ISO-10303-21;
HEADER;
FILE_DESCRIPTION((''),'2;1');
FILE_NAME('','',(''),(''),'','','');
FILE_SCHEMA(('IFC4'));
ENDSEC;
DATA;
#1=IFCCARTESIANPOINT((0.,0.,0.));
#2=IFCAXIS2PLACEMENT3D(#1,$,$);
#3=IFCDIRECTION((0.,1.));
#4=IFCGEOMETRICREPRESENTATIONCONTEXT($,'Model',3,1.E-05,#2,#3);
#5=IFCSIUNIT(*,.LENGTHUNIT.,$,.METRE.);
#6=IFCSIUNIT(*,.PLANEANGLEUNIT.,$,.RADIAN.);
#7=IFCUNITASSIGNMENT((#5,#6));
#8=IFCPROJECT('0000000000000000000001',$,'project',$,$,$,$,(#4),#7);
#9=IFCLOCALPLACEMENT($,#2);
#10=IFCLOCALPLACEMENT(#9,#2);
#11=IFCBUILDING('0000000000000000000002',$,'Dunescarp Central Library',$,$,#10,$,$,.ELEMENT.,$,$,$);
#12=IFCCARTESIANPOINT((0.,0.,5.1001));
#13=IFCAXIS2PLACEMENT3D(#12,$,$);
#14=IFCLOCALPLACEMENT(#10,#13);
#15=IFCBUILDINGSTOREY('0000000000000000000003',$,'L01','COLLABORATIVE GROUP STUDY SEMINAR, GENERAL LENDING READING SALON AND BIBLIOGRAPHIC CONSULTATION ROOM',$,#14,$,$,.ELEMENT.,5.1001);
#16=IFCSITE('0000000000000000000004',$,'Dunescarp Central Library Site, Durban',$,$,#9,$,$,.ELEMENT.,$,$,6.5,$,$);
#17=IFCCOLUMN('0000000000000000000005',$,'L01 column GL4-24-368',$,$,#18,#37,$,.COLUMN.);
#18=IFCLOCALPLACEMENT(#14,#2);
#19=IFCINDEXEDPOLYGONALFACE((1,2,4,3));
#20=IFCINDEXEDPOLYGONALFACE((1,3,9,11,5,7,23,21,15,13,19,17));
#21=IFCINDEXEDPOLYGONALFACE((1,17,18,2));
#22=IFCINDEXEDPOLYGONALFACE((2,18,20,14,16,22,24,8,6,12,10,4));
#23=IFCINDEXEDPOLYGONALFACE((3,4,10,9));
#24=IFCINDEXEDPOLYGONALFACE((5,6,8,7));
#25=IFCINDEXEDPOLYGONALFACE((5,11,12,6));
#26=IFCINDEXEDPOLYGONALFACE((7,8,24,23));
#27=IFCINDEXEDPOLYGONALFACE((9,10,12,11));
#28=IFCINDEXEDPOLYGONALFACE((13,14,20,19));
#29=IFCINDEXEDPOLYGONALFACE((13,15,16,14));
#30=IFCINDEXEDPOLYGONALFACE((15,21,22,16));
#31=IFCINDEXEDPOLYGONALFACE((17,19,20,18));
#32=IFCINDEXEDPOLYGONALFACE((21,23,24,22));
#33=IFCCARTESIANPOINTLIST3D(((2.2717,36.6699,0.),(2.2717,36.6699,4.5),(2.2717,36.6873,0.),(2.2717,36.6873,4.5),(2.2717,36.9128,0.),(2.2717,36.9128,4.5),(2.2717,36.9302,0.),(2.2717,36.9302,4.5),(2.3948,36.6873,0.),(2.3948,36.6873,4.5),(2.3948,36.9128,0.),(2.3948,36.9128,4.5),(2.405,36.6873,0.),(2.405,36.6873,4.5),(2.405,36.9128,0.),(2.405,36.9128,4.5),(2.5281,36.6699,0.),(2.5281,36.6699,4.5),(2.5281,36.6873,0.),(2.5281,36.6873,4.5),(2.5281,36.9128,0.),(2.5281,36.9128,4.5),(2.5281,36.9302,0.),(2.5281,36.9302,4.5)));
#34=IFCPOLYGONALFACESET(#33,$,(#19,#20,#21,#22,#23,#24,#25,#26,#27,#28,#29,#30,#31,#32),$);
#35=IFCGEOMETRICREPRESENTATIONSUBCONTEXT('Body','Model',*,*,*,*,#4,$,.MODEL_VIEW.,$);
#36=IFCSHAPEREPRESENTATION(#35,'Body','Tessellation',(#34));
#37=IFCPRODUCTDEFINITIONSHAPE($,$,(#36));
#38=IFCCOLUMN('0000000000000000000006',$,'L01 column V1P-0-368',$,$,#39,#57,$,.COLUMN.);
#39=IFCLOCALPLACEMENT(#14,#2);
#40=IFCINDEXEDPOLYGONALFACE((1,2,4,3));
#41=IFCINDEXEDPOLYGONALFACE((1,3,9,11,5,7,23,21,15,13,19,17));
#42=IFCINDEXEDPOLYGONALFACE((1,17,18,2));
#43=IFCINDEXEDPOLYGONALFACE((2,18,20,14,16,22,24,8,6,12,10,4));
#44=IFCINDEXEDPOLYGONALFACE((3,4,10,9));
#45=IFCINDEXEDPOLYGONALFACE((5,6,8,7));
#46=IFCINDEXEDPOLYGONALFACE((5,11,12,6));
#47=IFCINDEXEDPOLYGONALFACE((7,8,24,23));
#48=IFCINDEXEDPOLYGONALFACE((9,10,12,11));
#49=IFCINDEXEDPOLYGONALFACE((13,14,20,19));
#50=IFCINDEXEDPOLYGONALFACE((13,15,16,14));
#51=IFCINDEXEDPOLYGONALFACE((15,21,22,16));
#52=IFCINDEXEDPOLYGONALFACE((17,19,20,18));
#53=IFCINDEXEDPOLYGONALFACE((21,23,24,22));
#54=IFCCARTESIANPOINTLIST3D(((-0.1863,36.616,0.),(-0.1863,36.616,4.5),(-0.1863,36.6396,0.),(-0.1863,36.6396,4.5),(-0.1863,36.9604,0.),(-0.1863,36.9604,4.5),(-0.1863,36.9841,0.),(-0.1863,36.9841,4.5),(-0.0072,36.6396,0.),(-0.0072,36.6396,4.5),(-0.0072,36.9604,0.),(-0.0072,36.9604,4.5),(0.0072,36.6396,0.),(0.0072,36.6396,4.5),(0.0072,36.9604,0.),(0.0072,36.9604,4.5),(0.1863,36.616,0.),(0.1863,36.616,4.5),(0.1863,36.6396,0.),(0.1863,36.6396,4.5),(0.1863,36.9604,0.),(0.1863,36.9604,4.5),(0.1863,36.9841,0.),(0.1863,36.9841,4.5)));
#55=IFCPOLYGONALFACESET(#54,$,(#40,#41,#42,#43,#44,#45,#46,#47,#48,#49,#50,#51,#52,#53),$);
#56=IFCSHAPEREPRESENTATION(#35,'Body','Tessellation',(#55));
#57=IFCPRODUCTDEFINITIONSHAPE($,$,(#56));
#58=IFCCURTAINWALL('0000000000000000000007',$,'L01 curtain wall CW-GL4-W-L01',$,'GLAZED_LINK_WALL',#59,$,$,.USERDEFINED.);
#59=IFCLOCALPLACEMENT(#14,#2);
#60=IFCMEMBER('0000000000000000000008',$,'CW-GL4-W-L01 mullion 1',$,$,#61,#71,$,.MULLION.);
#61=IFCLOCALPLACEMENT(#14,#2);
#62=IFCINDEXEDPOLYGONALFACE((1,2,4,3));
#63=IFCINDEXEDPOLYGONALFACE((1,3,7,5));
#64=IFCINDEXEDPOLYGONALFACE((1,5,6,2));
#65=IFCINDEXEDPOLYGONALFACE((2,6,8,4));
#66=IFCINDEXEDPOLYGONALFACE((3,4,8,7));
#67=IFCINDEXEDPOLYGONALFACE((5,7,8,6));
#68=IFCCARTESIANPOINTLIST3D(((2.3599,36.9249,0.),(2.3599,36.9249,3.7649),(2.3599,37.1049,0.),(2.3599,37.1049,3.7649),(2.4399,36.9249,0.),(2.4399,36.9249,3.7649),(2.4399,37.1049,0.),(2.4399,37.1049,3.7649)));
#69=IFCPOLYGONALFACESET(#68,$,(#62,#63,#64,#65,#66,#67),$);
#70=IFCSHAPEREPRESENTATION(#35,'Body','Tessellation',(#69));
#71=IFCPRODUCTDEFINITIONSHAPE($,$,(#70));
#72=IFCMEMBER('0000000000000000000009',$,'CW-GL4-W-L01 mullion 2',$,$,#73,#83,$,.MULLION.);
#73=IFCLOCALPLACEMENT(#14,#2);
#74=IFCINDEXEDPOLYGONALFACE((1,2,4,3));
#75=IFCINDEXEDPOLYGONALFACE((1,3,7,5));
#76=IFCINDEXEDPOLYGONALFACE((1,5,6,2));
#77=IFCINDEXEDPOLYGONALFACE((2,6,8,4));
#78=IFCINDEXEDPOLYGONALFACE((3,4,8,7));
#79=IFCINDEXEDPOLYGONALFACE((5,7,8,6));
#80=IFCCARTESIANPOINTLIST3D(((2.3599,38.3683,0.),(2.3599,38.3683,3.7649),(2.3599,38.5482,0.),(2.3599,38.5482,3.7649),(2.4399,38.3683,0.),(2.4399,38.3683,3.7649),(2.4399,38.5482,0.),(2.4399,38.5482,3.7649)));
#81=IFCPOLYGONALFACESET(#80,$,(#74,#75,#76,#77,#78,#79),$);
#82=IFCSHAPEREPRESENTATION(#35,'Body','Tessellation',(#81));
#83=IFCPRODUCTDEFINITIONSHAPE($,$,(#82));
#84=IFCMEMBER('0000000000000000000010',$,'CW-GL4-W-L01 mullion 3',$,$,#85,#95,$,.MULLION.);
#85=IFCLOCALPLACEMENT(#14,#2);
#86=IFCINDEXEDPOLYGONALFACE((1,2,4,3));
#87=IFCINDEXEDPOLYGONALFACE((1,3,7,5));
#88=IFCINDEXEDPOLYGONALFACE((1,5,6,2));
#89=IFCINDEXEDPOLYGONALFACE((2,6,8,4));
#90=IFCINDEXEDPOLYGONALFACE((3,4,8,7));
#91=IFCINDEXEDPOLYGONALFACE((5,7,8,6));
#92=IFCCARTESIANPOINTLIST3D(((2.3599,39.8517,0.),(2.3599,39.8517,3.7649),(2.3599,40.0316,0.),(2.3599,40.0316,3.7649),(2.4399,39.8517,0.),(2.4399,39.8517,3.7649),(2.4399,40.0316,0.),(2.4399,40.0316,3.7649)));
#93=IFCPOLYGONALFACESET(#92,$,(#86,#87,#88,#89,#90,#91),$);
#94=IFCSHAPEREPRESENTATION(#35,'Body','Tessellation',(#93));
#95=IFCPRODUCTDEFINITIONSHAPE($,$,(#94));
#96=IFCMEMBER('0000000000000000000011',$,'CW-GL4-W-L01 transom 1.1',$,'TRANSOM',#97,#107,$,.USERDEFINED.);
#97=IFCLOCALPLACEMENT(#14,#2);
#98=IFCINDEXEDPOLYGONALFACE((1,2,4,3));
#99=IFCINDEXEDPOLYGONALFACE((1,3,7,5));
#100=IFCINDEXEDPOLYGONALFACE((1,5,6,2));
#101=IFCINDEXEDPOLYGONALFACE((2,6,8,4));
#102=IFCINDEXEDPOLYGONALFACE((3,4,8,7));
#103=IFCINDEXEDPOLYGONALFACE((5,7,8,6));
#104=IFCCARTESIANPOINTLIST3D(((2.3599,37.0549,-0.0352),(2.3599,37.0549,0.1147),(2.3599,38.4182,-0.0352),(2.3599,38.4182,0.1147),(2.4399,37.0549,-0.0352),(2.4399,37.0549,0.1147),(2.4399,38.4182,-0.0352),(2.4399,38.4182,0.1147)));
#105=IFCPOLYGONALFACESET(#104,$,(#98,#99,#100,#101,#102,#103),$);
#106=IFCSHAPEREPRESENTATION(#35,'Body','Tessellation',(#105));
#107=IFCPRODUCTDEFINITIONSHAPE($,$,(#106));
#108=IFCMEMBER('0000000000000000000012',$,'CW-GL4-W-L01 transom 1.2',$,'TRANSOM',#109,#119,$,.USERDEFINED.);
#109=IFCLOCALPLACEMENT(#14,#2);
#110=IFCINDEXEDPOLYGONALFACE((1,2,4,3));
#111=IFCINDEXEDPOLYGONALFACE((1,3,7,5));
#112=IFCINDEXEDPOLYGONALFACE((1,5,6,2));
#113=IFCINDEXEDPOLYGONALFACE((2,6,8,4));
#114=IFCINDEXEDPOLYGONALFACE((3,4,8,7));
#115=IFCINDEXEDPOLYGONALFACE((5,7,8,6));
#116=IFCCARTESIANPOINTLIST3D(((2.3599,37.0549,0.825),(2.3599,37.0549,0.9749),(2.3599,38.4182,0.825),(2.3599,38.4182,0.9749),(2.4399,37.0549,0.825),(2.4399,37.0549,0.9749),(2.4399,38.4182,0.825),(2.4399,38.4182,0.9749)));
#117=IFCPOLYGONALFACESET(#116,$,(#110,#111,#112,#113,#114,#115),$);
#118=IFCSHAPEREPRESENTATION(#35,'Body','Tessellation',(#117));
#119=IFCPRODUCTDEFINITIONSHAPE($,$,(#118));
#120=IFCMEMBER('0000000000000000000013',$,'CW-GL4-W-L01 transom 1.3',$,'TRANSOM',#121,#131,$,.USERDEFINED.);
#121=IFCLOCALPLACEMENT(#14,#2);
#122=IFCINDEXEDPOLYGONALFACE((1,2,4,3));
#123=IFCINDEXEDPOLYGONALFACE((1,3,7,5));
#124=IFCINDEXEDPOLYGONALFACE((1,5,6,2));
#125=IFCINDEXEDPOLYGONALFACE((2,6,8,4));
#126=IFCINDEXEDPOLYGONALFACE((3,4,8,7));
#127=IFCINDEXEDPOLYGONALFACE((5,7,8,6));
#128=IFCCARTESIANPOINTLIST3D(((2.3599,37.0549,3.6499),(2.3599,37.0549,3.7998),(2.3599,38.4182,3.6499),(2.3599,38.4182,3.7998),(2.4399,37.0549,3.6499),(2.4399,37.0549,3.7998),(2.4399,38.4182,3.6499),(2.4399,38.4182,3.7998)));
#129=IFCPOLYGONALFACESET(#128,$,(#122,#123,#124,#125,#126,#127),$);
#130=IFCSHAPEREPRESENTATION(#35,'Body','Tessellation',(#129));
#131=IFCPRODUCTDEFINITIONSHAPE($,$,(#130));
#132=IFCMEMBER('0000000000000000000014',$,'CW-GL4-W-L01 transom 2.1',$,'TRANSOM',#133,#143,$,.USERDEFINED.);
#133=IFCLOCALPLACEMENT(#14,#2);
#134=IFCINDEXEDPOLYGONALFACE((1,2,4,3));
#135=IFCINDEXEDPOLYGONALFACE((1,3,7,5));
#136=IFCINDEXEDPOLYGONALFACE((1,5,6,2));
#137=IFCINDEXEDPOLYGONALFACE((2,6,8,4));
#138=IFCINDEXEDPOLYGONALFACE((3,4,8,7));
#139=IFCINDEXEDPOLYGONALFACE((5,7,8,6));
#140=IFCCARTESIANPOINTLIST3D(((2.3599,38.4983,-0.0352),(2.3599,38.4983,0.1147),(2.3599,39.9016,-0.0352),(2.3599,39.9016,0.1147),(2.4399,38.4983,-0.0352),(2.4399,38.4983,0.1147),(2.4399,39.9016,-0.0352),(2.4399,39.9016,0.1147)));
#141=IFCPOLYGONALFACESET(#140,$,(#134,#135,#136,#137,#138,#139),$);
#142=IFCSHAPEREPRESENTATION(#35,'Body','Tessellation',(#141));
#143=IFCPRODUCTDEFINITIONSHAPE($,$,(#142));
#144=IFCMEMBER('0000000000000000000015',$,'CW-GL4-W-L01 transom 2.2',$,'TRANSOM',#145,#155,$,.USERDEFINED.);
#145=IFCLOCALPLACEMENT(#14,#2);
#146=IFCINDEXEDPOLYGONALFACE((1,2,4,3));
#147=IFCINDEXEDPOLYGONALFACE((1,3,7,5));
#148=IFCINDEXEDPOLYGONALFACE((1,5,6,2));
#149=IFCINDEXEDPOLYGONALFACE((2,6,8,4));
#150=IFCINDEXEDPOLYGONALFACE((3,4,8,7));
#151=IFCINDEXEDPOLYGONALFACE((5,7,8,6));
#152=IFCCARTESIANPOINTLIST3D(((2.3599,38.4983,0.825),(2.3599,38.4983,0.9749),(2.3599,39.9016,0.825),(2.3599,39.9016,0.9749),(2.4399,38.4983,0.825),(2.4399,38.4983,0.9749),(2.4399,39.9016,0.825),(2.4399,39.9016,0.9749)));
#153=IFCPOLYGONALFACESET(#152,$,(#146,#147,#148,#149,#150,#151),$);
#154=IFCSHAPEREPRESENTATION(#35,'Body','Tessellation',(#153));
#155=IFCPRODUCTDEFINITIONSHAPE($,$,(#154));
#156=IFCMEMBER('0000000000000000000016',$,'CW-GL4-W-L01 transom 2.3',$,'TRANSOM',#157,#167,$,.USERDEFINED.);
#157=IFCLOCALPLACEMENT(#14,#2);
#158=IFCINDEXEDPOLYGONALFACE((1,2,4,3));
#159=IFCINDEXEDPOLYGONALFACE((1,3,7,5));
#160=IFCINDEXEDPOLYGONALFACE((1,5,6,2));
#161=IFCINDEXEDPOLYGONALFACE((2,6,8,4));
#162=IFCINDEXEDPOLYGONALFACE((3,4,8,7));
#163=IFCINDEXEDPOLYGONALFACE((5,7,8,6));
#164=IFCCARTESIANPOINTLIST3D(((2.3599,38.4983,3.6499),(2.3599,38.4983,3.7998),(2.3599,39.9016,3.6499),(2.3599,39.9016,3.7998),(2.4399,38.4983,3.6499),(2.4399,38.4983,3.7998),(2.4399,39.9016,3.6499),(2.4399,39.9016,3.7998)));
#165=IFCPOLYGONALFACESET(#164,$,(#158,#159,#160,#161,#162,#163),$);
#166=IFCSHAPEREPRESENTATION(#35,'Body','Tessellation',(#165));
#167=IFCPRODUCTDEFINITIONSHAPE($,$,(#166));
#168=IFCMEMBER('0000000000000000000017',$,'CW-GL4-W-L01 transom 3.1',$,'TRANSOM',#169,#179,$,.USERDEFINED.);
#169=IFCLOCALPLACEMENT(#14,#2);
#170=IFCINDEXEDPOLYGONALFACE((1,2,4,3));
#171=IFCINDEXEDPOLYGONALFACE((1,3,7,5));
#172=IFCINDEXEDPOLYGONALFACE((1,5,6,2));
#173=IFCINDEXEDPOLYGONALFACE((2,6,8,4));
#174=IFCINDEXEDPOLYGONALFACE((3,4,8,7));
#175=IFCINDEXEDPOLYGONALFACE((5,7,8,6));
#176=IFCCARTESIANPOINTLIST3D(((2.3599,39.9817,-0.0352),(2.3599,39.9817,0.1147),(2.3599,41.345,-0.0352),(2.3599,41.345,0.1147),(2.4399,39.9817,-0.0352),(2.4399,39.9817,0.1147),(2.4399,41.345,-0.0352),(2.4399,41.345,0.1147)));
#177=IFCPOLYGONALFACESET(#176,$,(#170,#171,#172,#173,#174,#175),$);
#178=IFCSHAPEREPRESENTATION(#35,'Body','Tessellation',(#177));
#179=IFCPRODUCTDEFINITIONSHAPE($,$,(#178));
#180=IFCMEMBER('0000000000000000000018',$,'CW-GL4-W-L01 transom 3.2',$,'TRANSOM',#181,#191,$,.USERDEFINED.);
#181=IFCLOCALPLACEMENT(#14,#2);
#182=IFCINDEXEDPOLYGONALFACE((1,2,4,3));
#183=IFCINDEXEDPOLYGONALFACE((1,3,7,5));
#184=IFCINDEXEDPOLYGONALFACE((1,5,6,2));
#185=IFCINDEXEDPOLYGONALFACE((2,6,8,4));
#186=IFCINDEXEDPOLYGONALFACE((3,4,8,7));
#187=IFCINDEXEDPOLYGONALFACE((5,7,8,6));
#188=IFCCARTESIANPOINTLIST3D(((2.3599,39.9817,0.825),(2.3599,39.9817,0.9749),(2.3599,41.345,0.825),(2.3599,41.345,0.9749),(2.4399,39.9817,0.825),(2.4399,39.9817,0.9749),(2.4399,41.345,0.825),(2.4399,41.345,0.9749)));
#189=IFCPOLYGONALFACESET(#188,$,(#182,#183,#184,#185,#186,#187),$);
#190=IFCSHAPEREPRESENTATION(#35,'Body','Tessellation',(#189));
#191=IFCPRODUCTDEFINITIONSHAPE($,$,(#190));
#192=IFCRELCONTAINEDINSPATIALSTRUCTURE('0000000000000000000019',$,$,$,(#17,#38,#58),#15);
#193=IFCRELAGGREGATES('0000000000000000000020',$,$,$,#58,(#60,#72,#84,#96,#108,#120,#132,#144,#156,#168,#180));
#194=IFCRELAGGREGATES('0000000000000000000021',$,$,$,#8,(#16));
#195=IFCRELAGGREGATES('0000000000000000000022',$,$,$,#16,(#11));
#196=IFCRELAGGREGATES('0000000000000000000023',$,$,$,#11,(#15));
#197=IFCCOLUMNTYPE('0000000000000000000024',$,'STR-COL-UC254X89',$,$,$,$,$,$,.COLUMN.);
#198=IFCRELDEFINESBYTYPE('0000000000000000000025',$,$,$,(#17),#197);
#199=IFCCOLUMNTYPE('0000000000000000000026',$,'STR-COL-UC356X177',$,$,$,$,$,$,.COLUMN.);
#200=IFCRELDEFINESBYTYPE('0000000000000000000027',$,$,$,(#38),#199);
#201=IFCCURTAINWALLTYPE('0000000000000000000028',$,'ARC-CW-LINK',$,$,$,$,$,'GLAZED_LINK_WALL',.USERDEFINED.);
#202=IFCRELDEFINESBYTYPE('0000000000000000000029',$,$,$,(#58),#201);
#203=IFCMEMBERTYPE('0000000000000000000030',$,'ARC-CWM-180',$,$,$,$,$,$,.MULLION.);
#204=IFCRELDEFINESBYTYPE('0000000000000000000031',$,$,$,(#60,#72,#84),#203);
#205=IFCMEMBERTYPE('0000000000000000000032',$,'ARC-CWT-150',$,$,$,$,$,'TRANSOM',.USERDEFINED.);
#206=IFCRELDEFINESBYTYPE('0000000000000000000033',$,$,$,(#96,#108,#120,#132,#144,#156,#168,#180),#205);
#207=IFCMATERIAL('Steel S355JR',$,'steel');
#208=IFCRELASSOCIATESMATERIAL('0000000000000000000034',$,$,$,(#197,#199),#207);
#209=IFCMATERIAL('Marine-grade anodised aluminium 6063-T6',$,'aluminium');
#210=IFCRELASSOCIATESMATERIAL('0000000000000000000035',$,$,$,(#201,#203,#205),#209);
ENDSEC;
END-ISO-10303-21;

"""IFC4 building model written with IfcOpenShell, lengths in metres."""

from ifc_helpers import new_model, si_unit, direction, frame, origin, origin_2d, place, context, subcontext, project, spatial, rectangle, i_section, extrude, material, material_profile, profile_set, type_object, element, aggregate, save


model = new_model("IFC4")

# Units and contexts
model_context = context("Model", 3, precision=1e-05, world=origin(), true_north=direction((0.0, 1.0)))
body_context = subcontext(model_context, "Body", "Model", "MODEL_VIEW")
ifc_project = project(units=[si_unit("LENGTHUNIT", "METRE"), si_unit("PLANEANGLEUNIT", "RADIAN")], contexts=[model_context])

# Site, building, storey
site_placement = place(None, origin())
site = spatial("IfcSite", under=ifc_project, at=site_placement, Name="Dunescarp Central Library Site, Durban", CompositionType="ELEMENT", RefElevation=6.5)
building_placement = place(site_placement, origin())
building = spatial("IfcBuilding", under=site, at=building_placement, Name="Dunescarp Central Library", CompositionType="ELEMENT")
storey_placement = place(building_placement, frame((0.0, 0.0, 5.1001)))
storey = spatial("IfcBuildingStorey", under=building, at=storey_placement, Name="L01", Description="COLLABORATIVE GROUP STUDY SEMINAR, GENERAL LENDING READING SALON AND BIBLIOGRAPHIC CONSULTATION ROOM", CompositionType="ELEMENT", Elevation=5.1001)

# Columns
ifc_material_1 = material(Name="Steel S355JR", Category="steel")
ifc_material_profile_1 = material_profile(ifc_material_1, i_section(OverallWidth=0.2563, OverallDepth=0.2603, WebThickness=0.0103, FlangeThickness=0.0173, at=origin_2d()), Name="UC 254x254x89")
ifc_profile_set_1 = profile_set([ifc_material_profile_1], Name="Steel S355JR")
column_type_1 = type_object("IfcColumnType", Name="STR-COL-UC254X89", PredefinedType="COLUMN", material=ifc_profile_set_1)
column_1_placement = place(storey_placement, frame((2.3999, 36.8, 0.0), z_axis=(0.0, 0.0, 1.0), x_axis=(1.0, 0.0, 0.0)))
element("IfcColumn", 1, at=column_1_placement, inside=storey, type_object=column_type_1, Name="L01 column GL4-24-368", PredefinedType="COLUMN", context=body_context, shape_type="SweptSolid", body=[
    extrude(i_section(OverallWidth=0.2563, OverallDepth=0.2603, WebThickness=0.0103, FlangeThickness=0.0173, at=origin_2d()), origin(), (0.0, 0.0, 1.0), 4.5),
])
ifc_material_profile_2 = material_profile(ifc_material_1, i_section(OverallWidth=0.3726, OverallDepth=0.3682, WebThickness=0.0144, FlangeThickness=0.0237, at=origin_2d()), Name="UC 356x368x177")
ifc_profile_set_2 = profile_set([ifc_material_profile_2], Name="Steel S355JR")
column_type_2 = type_object("IfcColumnType", Name="STR-COL-UC356X177", PredefinedType="COLUMN", material=ifc_profile_set_2)
column_2_placement = place(storey_placement, frame((0.0, 36.8, 0.0), z_axis=(0.0, 0.0, 1.0), x_axis=(1.0, 0.0, 0.0)))
element("IfcColumn", 2, at=column_2_placement, inside=storey, type_object=column_type_2, Name="L01 column V1P-0-368", PredefinedType="COLUMN", context=body_context, shape_type="SweptSolid", body=[
    extrude(i_section(OverallWidth=0.3726, OverallDepth=0.3682, WebThickness=0.0144, FlangeThickness=0.0237, at=origin_2d()), origin(), (0.0, 0.0, 1.0), 4.5),
])

# Curtain wall, members
ifc_material_2 = material(Name="Marine-grade anodised aluminium 6063-T6", Category="aluminium")
curtain_wall_type = type_object("IfcCurtainWallType", Name="ARC-CW-LINK", ElementType="GLAZED_LINK_WALL", PredefinedType="USERDEFINED", material=ifc_material_2)
curtain_wall_placement = place(storey_placement, origin())
curtain_wall = element("IfcCurtainWall", 3, at=curtain_wall_placement, inside=storey, type_object=curtain_wall_type, Name="L01 curtain wall CW-GL4-W-L01", ObjectType="GLAZED_LINK_WALL", PredefinedType="USERDEFINED")
ifc_material_profile_3 = material_profile(ifc_material_2, rectangle(XDim=0.0801, YDim=0.1799, at=origin_2d()), Name="AL 80x180")
ifc_profile_set_3 = profile_set([ifc_material_profile_3], Name="Marine-grade anodised aluminium 6063-T6")
member_type_1 = type_object("IfcMemberType", Name="ARC-CWM-180", PredefinedType="MULLION", material=ifc_profile_set_3)
member_1_placement = place(storey_placement, frame((2.3999, 37.0149, 0.0), z_axis=(0.0, 0.0, 1.0), x_axis=(-1.0, 0.0, 0.0)))
member_1 = element("IfcMember", 4, at=member_1_placement, type_object=member_type_1, Name="CW-GL4-W-L01 mullion 1", PredefinedType="MULLION", context=body_context, shape_type="SweptSolid", body=[
    extrude(rectangle(XDim=0.0801, YDim=0.1799, at=origin_2d()), origin(), (0.0, 0.0, 1.0), 3.7649),
])
member_2_placement = place(storey_placement, frame((2.3999, 38.4583, 0.0), z_axis=(0.0, 0.0, 1.0), x_axis=(-1.0, 0.0, 0.0)))
member_2 = element("IfcMember", 5, at=member_2_placement, type_object=member_type_1, Name="CW-GL4-W-L01 mullion 2", PredefinedType="MULLION", context=body_context, shape_type="SweptSolid", body=[
    extrude(rectangle(XDim=0.0801, YDim=0.1799, at=origin_2d()), origin(), (0.0, 0.0, 1.0), 3.7649),
])
member_3_placement = place(storey_placement, frame((2.3999, 39.9417, 0.0), z_axis=(0.0, 0.0, 1.0), x_axis=(-1.0, 0.0, 0.0)))
member_3 = element("IfcMember", 6, at=member_3_placement, type_object=member_type_1, Name="CW-GL4-W-L01 mullion 3", PredefinedType="MULLION", context=body_context, shape_type="SweptSolid", body=[
    extrude(rectangle(XDim=0.0801, YDim=0.1799, at=origin_2d()), origin(), (0.0, 0.0, 1.0), 3.7649),
])
ifc_material_profile_4 = material_profile(ifc_material_2, rectangle(XDim=0.0801, YDim=0.1499, at=origin_2d()), Name="AL 80x150")
ifc_profile_set_4 = profile_set([ifc_material_profile_4], Name="Marine-grade anodised aluminium 6063-T6")
member_type_2 = type_object("IfcMemberType", Name="ARC-CWT-150", ElementType="TRANSOM", PredefinedType="USERDEFINED", material=ifc_profile_set_4)
member_4_placement = place(storey_placement, frame((2.3999, 37.0549, 0.0398), z_axis=(0.0, 1.0, 0.0), x_axis=(-1.0, 0.0, 0.0)))
member_4 = element("IfcMember", 7, at=member_4_placement, type_object=member_type_2, Name="CW-GL4-W-L01 transom 1.1", ObjectType="TRANSOM", PredefinedType="USERDEFINED", context=body_context, shape_type="SweptSolid", body=[
    extrude(rectangle(XDim=0.0801, YDim=0.1499, at=origin_2d()), origin(), (0.0, 0.0, 1.0), 1.3633),
])
member_5_placement = place(storey_placement, frame((2.3999, 37.0549, 0.8999), z_axis=(0.0, 1.0, 0.0), x_axis=(-1.0, 0.0, 0.0)))
member_5 = element("IfcMember", 8, at=member_5_placement, type_object=member_type_2, Name="CW-GL4-W-L01 transom 1.2", ObjectType="TRANSOM", PredefinedType="USERDEFINED", context=body_context, shape_type="SweptSolid", body=[
    extrude(rectangle(XDim=0.0801, YDim=0.1499, at=origin_2d()), origin(), (0.0, 0.0, 1.0), 1.3633),
])
member_6_placement = place(storey_placement, frame((2.3999, 37.0549, 3.7249), z_axis=(0.0, 1.0, 0.0), x_axis=(-1.0, 0.0, 0.0)))
member_6 = element("IfcMember", 9, at=member_6_placement, type_object=member_type_2, Name="CW-GL4-W-L01 transom 1.3", ObjectType="TRANSOM", PredefinedType="USERDEFINED", context=body_context, shape_type="SweptSolid", body=[
    extrude(rectangle(XDim=0.0801, YDim=0.1499, at=origin_2d()), origin(), (0.0, 0.0, 1.0), 1.3633),
])
member_7_placement = place(storey_placement, frame((2.3999, 38.4983, 0.0398), z_axis=(0.0, 1.0, 0.0), x_axis=(-1.0, 0.0, 0.0)))
member_7 = element("IfcMember", 10, at=member_7_placement, type_object=member_type_2, Name="CW-GL4-W-L01 transom 2.1", ObjectType="TRANSOM", PredefinedType="USERDEFINED", context=body_context, shape_type="SweptSolid", body=[
    extrude(rectangle(XDim=0.0801, YDim=0.1499, at=origin_2d()), origin(), (0.0, 0.0, 1.0), 1.4033),
])
member_8_placement = place(storey_placement, frame((2.3999, 38.4983, 0.8999), z_axis=(0.0, 1.0, 0.0), x_axis=(-1.0, 0.0, 0.0)))
member_8 = element("IfcMember", 11, at=member_8_placement, type_object=member_type_2, Name="CW-GL4-W-L01 transom 2.2", ObjectType="TRANSOM", PredefinedType="USERDEFINED", context=body_context, shape_type="SweptSolid", body=[
    extrude(rectangle(XDim=0.0801, YDim=0.1499, at=origin_2d()), origin(), (0.0, 0.0, 1.0), 1.4033),
])
member_9_placement = place(storey_placement, frame((2.3999, 38.4983, 3.7249), z_axis=(0.0, 1.0, 0.0), x_axis=(-1.0, 0.0, 0.0)))
member_9 = element("IfcMember", 12, at=member_9_placement, type_object=member_type_2, Name="CW-GL4-W-L01 transom 2.3", ObjectType="TRANSOM", PredefinedType="USERDEFINED", context=body_context, shape_type="SweptSolid", body=[
    extrude(rectangle(XDim=0.0801, YDim=0.1499, at=origin_2d()), origin(), (0.0, 0.0, 1.0), 1.4033),
])
member_10_placement = place(storey_placement, frame((2.3999, 39.9817, 0.0398), z_axis=(0.0, 1.0, 0.0), x_axis=(-1.0, 0.0, 0.0)))
member_10 = element("IfcMember", 13, at=member_10_placement, type_object=member_type_2, Name="CW-GL4-W-L01 transom 3.1", ObjectType="TRANSOM", PredefinedType="USERDEFINED", context=body_context, shape_type="SweptSolid", body=[
    extrude(rectangle(XDim=0.0801, YDim=0.1499, at=origin_2d()), origin(), (0.0, 0.0, 1.0), 1.3633),
])
member_11_placement = place(storey_placement, frame((2.3999, 39.9817, 0.8999), z_axis=(0.0, 1.0, 0.0), x_axis=(-1.0, 0.0, 0.0)))
member_11 = element("IfcMember", 14, at=member_11_placement, type_object=member_type_2, Name="CW-GL4-W-L01 transom 3.2", ObjectType="TRANSOM", PredefinedType="USERDEFINED", context=body_context, shape_type="SweptSolid", body=[
    extrude(rectangle(XDim=0.0801, YDim=0.1499, at=origin_2d()), origin(), (0.0, 0.0, 1.0), 1.3633),
])

aggregate(curtain_wall, [member_1, member_2, member_3, member_4, member_5, member_6, member_7, member_8, member_9, member_10, member_11])

save(model, "model.ifc")
